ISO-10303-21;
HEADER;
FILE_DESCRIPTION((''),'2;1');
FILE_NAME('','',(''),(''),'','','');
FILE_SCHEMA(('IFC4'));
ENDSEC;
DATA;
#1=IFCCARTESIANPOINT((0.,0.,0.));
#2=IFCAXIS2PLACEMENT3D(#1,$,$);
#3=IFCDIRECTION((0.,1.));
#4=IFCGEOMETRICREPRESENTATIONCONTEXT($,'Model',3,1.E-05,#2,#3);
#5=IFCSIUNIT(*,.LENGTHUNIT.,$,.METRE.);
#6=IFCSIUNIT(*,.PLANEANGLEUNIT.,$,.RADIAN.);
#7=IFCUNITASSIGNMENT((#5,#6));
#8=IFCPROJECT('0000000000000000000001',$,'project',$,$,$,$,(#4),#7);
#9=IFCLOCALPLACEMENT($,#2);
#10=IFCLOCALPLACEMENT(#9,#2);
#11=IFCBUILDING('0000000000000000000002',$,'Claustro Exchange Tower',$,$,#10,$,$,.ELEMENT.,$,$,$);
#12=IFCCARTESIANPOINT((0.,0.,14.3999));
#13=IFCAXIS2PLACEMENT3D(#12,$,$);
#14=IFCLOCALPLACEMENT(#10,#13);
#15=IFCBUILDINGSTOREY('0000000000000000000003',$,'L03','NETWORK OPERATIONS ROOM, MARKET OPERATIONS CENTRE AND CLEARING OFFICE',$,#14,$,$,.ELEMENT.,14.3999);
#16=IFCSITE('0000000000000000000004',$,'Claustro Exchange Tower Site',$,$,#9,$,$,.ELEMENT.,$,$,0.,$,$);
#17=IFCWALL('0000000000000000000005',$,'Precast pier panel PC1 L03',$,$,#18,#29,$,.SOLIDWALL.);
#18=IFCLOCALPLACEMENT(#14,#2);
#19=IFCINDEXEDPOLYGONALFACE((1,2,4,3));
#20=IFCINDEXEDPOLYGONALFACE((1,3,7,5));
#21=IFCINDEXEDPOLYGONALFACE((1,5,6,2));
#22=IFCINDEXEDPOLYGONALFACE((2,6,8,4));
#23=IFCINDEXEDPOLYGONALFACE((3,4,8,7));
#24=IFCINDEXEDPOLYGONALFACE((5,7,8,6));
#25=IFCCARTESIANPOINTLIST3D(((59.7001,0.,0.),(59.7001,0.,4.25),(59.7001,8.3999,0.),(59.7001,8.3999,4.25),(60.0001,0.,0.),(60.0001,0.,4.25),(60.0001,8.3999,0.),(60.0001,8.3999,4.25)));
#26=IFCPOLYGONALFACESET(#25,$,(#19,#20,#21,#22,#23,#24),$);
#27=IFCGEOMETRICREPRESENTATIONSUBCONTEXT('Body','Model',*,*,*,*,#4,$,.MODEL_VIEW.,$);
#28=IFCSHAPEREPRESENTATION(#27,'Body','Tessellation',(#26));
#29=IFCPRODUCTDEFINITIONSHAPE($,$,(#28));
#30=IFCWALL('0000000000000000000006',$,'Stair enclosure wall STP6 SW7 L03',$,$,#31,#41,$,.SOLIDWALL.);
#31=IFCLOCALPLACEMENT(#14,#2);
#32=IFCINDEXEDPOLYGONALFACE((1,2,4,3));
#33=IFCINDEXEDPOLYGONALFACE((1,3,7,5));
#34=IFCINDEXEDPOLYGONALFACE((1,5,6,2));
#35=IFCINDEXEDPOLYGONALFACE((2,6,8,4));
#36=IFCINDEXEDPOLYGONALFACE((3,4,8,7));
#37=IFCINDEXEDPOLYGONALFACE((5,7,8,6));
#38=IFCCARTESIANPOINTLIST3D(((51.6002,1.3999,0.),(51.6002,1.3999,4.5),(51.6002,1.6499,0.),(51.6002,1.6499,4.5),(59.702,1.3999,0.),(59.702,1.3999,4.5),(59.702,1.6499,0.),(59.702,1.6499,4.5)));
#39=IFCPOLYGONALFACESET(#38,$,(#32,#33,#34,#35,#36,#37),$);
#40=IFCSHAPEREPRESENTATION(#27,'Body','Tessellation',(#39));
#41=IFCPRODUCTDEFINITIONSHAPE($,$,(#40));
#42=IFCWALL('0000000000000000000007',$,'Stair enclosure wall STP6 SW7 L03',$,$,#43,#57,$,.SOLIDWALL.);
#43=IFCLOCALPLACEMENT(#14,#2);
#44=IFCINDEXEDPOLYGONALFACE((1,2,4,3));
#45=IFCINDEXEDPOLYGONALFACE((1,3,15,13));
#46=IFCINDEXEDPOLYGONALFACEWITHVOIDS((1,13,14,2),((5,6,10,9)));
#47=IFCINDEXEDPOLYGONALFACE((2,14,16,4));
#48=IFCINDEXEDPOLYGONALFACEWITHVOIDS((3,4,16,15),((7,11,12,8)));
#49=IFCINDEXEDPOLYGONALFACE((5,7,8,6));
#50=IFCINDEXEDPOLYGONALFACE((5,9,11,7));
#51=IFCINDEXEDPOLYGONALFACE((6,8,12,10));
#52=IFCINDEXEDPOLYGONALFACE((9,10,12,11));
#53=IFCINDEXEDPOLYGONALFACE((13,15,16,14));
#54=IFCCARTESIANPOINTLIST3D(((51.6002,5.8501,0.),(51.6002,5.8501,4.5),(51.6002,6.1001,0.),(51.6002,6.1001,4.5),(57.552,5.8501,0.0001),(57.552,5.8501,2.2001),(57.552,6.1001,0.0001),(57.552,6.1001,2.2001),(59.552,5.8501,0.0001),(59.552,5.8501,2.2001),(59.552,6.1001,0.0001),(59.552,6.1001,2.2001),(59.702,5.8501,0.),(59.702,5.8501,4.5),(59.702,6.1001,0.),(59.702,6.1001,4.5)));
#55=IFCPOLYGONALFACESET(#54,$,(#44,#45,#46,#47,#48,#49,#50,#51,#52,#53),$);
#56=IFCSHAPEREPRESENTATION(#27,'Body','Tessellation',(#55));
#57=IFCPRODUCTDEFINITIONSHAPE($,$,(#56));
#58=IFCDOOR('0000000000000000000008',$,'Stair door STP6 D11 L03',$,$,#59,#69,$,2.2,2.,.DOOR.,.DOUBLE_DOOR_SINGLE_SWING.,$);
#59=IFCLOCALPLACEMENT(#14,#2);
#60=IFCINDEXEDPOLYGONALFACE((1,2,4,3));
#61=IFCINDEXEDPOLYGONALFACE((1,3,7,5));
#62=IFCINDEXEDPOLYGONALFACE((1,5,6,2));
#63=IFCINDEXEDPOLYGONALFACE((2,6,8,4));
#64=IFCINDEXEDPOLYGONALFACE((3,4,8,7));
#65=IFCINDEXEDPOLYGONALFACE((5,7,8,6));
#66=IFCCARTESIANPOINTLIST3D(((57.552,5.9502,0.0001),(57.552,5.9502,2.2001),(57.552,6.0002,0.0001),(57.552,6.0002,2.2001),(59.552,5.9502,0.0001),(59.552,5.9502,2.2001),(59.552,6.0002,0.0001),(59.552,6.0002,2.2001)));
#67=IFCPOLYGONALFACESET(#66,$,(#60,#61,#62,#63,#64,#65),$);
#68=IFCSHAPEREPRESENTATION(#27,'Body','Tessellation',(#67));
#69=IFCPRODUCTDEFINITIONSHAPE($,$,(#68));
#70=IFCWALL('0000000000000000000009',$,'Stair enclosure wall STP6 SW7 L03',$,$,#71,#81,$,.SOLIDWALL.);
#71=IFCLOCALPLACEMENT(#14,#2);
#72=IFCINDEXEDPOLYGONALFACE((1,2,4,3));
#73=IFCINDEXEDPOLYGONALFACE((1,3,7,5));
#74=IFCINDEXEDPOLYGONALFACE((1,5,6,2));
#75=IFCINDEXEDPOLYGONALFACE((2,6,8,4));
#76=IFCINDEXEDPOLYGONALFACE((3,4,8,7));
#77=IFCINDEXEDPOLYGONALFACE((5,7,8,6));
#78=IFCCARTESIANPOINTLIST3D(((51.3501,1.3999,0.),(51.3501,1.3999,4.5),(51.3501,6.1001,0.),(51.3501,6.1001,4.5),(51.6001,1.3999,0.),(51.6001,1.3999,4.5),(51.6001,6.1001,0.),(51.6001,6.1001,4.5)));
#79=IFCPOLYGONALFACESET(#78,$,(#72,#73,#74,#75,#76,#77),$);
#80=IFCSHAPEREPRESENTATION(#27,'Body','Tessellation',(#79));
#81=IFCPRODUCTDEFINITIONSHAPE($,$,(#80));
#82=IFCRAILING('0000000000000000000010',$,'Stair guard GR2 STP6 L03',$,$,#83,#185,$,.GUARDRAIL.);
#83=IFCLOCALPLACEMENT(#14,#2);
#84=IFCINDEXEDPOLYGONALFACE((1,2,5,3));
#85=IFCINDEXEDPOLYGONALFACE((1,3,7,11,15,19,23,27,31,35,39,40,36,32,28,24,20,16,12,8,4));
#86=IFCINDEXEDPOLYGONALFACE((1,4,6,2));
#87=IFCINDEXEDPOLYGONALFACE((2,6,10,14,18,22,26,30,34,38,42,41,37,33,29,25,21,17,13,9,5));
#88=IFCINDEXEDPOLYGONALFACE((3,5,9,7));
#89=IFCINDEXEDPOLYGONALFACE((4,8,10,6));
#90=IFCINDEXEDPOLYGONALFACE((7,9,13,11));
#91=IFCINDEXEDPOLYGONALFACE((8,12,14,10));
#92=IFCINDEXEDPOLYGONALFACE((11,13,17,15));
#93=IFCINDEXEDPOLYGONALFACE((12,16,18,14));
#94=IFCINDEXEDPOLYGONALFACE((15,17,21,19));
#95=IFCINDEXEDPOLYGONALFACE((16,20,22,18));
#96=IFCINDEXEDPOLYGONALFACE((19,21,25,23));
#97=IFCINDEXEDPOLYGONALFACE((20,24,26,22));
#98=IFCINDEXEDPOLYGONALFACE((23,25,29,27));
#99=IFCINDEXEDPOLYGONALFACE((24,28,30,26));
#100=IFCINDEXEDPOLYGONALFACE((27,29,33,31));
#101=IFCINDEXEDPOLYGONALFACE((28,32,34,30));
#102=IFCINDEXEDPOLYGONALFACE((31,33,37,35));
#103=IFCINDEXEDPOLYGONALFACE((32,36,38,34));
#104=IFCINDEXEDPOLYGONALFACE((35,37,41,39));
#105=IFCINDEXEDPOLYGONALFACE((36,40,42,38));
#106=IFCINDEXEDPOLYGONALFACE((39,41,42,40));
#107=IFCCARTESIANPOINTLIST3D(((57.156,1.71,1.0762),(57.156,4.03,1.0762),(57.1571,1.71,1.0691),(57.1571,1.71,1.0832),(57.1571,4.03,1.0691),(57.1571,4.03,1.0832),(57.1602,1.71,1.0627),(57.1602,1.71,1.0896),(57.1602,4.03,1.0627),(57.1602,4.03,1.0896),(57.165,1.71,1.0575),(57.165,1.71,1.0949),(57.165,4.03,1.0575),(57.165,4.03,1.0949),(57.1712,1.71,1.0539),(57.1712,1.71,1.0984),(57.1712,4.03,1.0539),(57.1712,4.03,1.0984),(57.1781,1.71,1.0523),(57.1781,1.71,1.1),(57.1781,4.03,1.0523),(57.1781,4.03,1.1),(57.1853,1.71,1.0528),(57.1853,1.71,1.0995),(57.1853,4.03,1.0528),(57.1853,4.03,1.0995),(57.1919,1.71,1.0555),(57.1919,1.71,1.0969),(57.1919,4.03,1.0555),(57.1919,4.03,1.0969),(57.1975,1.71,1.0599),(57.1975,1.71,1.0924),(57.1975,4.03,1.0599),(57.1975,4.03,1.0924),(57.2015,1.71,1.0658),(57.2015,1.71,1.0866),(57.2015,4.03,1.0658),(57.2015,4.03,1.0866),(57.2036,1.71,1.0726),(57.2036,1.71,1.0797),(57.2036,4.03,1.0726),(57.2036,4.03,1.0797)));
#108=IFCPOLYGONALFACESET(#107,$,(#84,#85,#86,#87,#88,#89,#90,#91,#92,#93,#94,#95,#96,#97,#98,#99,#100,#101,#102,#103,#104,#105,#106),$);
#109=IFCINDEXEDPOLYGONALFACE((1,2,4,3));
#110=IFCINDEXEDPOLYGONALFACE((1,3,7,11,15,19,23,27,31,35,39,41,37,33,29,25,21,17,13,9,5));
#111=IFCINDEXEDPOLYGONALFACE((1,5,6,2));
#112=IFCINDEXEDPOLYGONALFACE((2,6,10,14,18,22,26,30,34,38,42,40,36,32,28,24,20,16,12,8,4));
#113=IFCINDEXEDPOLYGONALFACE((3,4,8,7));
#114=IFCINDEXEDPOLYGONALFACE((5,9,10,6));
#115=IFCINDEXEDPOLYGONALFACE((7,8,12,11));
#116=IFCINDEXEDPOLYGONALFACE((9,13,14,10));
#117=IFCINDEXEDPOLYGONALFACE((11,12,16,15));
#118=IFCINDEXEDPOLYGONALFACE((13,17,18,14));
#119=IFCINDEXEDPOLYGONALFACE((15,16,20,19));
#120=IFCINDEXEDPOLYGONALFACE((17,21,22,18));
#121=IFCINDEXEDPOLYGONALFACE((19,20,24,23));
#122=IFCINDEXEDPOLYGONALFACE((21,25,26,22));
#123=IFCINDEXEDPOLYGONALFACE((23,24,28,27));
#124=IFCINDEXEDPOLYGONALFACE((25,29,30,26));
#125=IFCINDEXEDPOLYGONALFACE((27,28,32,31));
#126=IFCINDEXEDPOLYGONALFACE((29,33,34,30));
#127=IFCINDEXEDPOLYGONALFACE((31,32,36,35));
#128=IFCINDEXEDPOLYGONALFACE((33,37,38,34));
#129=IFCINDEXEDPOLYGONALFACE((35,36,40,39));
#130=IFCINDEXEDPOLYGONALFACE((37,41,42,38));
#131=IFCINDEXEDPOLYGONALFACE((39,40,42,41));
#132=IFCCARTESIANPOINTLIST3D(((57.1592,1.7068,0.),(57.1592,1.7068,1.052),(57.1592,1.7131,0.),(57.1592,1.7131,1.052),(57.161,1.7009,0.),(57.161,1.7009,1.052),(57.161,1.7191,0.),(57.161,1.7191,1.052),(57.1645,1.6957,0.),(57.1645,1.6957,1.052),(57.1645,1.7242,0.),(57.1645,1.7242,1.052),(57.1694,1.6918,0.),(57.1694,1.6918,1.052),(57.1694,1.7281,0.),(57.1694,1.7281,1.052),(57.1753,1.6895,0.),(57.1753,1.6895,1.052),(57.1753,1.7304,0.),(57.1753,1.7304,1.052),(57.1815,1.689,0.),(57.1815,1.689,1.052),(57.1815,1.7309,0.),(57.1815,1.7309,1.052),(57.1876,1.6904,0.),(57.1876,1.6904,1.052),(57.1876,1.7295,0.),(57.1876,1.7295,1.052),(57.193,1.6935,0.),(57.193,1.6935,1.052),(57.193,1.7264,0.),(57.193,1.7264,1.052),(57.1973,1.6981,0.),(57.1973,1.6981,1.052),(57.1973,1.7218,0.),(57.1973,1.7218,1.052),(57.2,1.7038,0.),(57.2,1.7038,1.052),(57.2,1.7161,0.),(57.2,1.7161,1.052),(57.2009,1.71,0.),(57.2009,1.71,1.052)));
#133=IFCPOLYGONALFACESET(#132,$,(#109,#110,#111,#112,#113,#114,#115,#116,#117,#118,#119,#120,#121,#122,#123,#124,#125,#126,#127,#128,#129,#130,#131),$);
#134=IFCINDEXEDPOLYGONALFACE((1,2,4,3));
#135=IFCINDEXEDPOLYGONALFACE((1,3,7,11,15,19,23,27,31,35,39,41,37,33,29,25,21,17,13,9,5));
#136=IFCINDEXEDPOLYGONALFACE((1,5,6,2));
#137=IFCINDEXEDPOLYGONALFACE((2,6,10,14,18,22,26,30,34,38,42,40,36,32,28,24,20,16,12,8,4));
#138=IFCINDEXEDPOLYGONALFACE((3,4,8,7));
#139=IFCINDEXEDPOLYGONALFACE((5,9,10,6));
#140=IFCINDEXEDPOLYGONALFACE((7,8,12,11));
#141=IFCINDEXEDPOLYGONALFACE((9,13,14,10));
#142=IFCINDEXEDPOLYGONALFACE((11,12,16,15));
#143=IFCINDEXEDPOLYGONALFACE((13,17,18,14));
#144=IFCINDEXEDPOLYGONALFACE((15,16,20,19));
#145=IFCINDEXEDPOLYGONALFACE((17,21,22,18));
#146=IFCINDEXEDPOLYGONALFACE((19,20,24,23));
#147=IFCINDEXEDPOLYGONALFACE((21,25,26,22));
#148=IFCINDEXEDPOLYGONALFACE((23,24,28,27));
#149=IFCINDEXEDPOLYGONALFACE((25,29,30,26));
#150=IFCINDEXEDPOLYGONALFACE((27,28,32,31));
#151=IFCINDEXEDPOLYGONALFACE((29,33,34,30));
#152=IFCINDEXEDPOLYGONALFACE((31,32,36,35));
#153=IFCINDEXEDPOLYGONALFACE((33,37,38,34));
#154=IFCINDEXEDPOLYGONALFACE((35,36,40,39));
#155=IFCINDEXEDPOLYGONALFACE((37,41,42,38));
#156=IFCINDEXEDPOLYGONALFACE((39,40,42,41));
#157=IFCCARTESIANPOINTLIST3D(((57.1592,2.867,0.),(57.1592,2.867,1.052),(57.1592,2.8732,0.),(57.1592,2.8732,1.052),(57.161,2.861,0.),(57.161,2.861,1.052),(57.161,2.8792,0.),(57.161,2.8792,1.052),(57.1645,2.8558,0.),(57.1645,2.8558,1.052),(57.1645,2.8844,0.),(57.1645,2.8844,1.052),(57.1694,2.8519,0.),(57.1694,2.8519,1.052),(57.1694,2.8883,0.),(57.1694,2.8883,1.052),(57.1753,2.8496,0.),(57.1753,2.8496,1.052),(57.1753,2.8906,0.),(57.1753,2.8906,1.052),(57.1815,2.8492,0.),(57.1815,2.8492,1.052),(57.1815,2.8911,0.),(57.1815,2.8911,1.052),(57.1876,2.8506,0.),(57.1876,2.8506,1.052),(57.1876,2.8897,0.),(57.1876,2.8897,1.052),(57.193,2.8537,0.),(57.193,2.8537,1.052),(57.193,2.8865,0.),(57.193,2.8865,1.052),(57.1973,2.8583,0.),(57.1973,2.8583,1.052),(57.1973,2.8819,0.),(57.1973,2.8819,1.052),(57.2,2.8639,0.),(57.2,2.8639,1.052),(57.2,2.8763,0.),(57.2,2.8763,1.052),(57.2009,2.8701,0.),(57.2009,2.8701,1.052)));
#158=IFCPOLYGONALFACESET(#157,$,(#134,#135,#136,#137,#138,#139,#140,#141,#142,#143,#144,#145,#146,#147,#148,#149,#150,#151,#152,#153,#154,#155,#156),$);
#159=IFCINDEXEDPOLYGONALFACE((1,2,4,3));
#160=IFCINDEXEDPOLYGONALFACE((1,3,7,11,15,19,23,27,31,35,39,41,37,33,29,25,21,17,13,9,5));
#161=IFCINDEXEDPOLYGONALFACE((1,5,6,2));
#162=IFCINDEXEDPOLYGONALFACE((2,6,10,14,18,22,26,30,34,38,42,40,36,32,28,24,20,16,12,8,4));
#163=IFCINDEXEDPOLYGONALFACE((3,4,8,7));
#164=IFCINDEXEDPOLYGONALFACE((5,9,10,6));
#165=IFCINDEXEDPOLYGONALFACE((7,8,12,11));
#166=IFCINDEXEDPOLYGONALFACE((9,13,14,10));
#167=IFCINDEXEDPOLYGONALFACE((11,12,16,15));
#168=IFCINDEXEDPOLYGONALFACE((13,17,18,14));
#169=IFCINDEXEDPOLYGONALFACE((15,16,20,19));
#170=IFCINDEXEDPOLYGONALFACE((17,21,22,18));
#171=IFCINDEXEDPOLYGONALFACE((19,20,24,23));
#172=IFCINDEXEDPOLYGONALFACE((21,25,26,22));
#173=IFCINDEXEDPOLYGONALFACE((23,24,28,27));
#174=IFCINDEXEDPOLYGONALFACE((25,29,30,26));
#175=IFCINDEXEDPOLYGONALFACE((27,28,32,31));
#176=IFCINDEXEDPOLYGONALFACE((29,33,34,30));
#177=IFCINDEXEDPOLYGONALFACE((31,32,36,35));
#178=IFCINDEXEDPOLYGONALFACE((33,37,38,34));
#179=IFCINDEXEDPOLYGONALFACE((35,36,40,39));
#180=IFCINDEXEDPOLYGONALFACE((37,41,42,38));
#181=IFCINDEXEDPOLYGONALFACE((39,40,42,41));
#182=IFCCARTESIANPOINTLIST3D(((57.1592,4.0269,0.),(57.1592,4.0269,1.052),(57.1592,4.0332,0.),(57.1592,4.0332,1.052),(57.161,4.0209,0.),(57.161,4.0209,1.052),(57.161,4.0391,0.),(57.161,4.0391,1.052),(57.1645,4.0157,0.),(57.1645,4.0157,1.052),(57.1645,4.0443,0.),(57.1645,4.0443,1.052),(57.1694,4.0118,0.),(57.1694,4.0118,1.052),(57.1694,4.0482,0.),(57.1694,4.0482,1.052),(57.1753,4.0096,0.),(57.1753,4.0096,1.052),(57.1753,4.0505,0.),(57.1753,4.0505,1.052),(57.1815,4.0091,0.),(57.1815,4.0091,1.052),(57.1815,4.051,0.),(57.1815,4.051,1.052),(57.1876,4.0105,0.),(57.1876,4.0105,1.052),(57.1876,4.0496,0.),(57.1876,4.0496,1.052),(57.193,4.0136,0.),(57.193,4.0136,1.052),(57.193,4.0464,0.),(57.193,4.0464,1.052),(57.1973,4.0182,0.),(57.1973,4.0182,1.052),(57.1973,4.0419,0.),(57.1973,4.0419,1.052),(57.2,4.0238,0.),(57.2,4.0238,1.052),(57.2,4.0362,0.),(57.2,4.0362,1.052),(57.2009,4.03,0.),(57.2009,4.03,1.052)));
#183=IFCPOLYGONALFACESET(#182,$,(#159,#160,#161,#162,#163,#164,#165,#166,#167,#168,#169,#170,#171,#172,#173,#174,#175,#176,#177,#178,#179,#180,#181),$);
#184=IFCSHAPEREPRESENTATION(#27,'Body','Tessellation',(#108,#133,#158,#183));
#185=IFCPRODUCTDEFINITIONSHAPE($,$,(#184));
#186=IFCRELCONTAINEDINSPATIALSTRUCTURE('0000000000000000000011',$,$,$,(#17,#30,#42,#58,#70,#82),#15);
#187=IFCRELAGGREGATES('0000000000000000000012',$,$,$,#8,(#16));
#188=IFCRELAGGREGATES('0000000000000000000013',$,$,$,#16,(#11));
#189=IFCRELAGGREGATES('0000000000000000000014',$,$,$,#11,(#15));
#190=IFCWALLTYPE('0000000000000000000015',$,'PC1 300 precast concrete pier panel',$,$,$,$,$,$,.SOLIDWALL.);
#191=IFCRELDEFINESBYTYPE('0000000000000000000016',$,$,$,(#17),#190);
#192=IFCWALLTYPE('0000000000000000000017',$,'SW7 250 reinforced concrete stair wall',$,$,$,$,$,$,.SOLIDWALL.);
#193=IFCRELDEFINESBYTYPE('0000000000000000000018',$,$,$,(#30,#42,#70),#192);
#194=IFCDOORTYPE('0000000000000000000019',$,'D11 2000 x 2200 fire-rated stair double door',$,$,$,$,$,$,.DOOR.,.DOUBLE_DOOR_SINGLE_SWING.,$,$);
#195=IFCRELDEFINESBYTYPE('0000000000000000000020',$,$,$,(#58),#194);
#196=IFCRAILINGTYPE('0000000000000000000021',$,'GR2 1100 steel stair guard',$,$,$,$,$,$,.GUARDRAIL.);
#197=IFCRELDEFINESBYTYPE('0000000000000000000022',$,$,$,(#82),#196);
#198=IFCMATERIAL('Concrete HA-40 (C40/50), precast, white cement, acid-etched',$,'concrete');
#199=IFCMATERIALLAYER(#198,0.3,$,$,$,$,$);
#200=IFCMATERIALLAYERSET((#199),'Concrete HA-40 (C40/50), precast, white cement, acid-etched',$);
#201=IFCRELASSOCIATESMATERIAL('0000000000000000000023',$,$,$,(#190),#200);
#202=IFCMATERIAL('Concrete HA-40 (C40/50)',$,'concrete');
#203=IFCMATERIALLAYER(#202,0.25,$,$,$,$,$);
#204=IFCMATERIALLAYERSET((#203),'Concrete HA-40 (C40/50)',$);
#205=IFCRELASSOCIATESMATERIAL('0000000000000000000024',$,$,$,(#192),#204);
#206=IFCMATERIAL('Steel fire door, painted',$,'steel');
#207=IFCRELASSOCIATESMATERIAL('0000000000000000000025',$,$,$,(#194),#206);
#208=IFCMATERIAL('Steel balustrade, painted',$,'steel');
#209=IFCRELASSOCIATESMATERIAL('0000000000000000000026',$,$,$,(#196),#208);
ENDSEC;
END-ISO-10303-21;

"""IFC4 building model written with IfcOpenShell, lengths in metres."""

from ifc_helpers import new_model, si_unit, direction, frame, frame_2d, origin, origin_2d, place, context, subcontext, project, spatial, rectangle, circle, extrude, material, layer, layer_set, type_object, element, fill, save


model = new_model("IFC4")

# Units and contexts
model_context = context("Model", 3, precision=1e-05, world=origin(), true_north=direction((0.0, 1.0)))
body_context = subcontext(model_context, "Body", "Model", "MODEL_VIEW")
ifc_project = project(units=[si_unit("LENGTHUNIT", "METRE"), si_unit("PLANEANGLEUNIT", "RADIAN")], contexts=[model_context])

# Site, building, storey
site_placement = place(None, origin())
site = spatial("IfcSite", under=ifc_project, at=site_placement, Name="Claustro Exchange Tower Site", CompositionType="ELEMENT", RefElevation=0.0)
building_placement = place(site_placement, origin())
building = spatial("IfcBuilding", under=site, at=building_placement, Name="Claustro Exchange Tower", CompositionType="ELEMENT")
storey_placement = place(building_placement, frame((0.0, 0.0, 14.3999)))
storey = spatial("IfcBuildingStorey", under=building, at=storey_placement, Name="L03", Description="NETWORK OPERATIONS ROOM, MARKET OPERATIONS CENTRE AND CLEARING OFFICE", CompositionType="ELEMENT", Elevation=14.3999)

# Walls
ifc_material_1 = material(Name="Concrete HA-40 (C40/50), precast, white cement, acid-etched", Category="concrete")
ifc_layer_1 = layer(ifc_material_1, 0.3)
ifc_layer_set_1 = layer_set([ifc_layer_1], Name="Concrete HA-40 (C40/50), precast, white cement, acid-etched")
wall_type_1 = type_object("IfcWallType", Name="PC1 300 precast concrete pier panel", PredefinedType="SOLIDWALL", material=ifc_layer_set_1)
wall_1_placement = place(storey_placement, frame((59.8501, 8.3999, 0.0), z_axis=(0.0, 0.0, 1.0), x_axis=(0.0, -1.0, 0.0)))
element("IfcWall", 1, at=wall_1_placement, inside=storey, type_object=wall_type_1, Name="Precast pier panel PC1 L03", PredefinedType="SOLIDWALL", context=body_context, shape_type="SweptSolid", body=[
    extrude(rectangle(XDim=8.3999, YDim=0.3, at=frame_2d((4.2, 0.0))), origin(), (0.0, 0.0, 1.0), 4.25),
])
ifc_material_2 = material(Name="Concrete HA-40 (C40/50)", Category="concrete")
ifc_layer_2 = layer(ifc_material_2, 0.25)
ifc_layer_set_2 = layer_set([ifc_layer_2], Name="Concrete HA-40 (C40/50)")
wall_type_2 = type_object("IfcWallType", Name="SW7 250 reinforced concrete stair wall", PredefinedType="SOLIDWALL", material=ifc_layer_set_2)
wall_2_placement = place(storey_placement, frame((59.7019, 1.5249, 0.0), z_axis=(0.0, 0.0, 1.0), x_axis=(-1.0, 0.0, 0.0)))
element("IfcWall", 2, at=wall_2_placement, inside=storey, type_object=wall_type_2, Name="Stair enclosure wall STP6 SW7 L03", PredefinedType="SOLIDWALL", context=body_context, shape_type="SweptSolid", body=[
    extrude(rectangle(XDim=8.1018, YDim=0.25, at=frame_2d((4.0508, 0.0))), origin(), (0.0, 0.0, 1.0), 4.5),
])

# Wall, opening, door
wall_3_placement = place(storey_placement, frame((59.7019, 5.9751, 0.0), z_axis=(0.0, 0.0, 1.0), x_axis=(-1.0, 0.0, 0.0)))
wall_3 = element("IfcWall", 3, at=wall_3_placement, inside=storey, type_object=wall_type_2, Name="Stair enclosure wall STP6 SW7 L03", PredefinedType="SOLIDWALL", context=body_context, shape_type="SweptSolid", body=[
    extrude(rectangle(XDim=8.1018, YDim=0.25, at=frame_2d((4.0508, 0.0))), origin(), (0.0, 0.0, 1.0), 4.5),
])
opening_1_placement = place(wall_3_placement, frame((0.1499, 0.0, 0.0)))
opening_1 = element("IfcOpeningElement", 4, at=opening_1_placement, cuts=wall_3, PredefinedType="OPENING", context=body_context, shape_type="SweptSolid", body=[
    extrude(rectangle(XDim=2.0, YDim=2.2, at=frame_2d((1.0, 1.1001))), frame((0.0, 0.135, 0.0), z_axis=(0.0, -1.0, 0.0), x_axis=(1.0, 0.0, 0.0)), (0.0, 0.0, 1.0), 0.27),
])
ifc_material_3 = material(Name="Steel fire door, painted", Category="steel")
door_type_1 = type_object("IfcDoorType", Name="D11 2000 x 2200 fire-rated stair double door", OperationType="DOUBLE_DOOR_SINGLE_SWING", PredefinedType="DOOR", material=ifc_material_3)
door_1_placement = place(opening_1_placement, origin())
door_1 = element("IfcDoor", 5, at=door_1_placement, inside=storey, type_object=door_type_1, Name="Stair door STP6 D11 L03", OperationType="DOUBLE_DOOR_SINGLE_SWING", OverallHeight=2.2, OverallWidth=2.0, PredefinedType="DOOR", context=body_context, shape_type="SweptSolid", body=[
    extrude(rectangle(XDim=2.0, YDim=2.2, at=frame_2d((1.0, 1.1001))), frame((0.0, 0.0249, 0.0), z_axis=(0.0, -1.0, 0.0), x_axis=(1.0, 0.0, 0.0)), (0.0, 0.0, 1.0), 0.05),
])
fill(opening_1, door_1)

# Wall
wall_4_placement = place(storey_placement, frame((51.4751, 1.3999, 0.0), z_axis=(0.0, 0.0, 1.0), x_axis=(0.0, 1.0, 0.0)))
element("IfcWall", 6, at=wall_4_placement, inside=storey, type_object=wall_type_2, Name="Stair enclosure wall STP6 SW7 L03", PredefinedType="SOLIDWALL", context=body_context, shape_type="SweptSolid", body=[
    extrude(rectangle(XDim=4.7002, YDim=0.25, at=frame_2d((2.3501, 0.0))), origin(), (0.0, 0.0, 1.0), 4.5),
])

# Railing
ifc_material_4 = material(Name="Steel balustrade, painted", Category="steel")
railing_type = type_object("IfcRailingType", Name="GR2 1100 steel stair guard", PredefinedType="GUARDRAIL", material=ifc_material_4)
railing_placement = place(storey_placement, frame((57.1799, 1.71, 0.0)))
element("IfcRailing", 7, at=railing_placement, inside=storey, type_object=railing_type, Name="Stair guard GR2 STP6 L03", PredefinedType="GUARDRAIL", context=body_context, shape_type="SweptSolid", body=[
    extrude(circle(Radius=0.0239, at=origin_2d()), frame((0.0, 0.0, 1.0762), z_axis=(0.0, 1.0, 0.0), x_axis=(-1.0, 0.0, 0.0)), (0.0, 0.0, 1.0), 2.3201),
    extrude(circle(Radius=0.021, at=origin_2d()), origin(), (0.0, 0.0, 1.0), 1.052),
    extrude(circle(Radius=0.021, at=origin_2d()), frame((0.0, 1.1602, 0.0)), (0.0, 0.0, 1.0), 1.052),
    extrude(circle(Radius=0.021, at=origin_2d()), frame((0.0, 2.3201, 0.0)), (0.0, 0.0, 1.0), 1.052),
])

save(model, "model.ifc")
